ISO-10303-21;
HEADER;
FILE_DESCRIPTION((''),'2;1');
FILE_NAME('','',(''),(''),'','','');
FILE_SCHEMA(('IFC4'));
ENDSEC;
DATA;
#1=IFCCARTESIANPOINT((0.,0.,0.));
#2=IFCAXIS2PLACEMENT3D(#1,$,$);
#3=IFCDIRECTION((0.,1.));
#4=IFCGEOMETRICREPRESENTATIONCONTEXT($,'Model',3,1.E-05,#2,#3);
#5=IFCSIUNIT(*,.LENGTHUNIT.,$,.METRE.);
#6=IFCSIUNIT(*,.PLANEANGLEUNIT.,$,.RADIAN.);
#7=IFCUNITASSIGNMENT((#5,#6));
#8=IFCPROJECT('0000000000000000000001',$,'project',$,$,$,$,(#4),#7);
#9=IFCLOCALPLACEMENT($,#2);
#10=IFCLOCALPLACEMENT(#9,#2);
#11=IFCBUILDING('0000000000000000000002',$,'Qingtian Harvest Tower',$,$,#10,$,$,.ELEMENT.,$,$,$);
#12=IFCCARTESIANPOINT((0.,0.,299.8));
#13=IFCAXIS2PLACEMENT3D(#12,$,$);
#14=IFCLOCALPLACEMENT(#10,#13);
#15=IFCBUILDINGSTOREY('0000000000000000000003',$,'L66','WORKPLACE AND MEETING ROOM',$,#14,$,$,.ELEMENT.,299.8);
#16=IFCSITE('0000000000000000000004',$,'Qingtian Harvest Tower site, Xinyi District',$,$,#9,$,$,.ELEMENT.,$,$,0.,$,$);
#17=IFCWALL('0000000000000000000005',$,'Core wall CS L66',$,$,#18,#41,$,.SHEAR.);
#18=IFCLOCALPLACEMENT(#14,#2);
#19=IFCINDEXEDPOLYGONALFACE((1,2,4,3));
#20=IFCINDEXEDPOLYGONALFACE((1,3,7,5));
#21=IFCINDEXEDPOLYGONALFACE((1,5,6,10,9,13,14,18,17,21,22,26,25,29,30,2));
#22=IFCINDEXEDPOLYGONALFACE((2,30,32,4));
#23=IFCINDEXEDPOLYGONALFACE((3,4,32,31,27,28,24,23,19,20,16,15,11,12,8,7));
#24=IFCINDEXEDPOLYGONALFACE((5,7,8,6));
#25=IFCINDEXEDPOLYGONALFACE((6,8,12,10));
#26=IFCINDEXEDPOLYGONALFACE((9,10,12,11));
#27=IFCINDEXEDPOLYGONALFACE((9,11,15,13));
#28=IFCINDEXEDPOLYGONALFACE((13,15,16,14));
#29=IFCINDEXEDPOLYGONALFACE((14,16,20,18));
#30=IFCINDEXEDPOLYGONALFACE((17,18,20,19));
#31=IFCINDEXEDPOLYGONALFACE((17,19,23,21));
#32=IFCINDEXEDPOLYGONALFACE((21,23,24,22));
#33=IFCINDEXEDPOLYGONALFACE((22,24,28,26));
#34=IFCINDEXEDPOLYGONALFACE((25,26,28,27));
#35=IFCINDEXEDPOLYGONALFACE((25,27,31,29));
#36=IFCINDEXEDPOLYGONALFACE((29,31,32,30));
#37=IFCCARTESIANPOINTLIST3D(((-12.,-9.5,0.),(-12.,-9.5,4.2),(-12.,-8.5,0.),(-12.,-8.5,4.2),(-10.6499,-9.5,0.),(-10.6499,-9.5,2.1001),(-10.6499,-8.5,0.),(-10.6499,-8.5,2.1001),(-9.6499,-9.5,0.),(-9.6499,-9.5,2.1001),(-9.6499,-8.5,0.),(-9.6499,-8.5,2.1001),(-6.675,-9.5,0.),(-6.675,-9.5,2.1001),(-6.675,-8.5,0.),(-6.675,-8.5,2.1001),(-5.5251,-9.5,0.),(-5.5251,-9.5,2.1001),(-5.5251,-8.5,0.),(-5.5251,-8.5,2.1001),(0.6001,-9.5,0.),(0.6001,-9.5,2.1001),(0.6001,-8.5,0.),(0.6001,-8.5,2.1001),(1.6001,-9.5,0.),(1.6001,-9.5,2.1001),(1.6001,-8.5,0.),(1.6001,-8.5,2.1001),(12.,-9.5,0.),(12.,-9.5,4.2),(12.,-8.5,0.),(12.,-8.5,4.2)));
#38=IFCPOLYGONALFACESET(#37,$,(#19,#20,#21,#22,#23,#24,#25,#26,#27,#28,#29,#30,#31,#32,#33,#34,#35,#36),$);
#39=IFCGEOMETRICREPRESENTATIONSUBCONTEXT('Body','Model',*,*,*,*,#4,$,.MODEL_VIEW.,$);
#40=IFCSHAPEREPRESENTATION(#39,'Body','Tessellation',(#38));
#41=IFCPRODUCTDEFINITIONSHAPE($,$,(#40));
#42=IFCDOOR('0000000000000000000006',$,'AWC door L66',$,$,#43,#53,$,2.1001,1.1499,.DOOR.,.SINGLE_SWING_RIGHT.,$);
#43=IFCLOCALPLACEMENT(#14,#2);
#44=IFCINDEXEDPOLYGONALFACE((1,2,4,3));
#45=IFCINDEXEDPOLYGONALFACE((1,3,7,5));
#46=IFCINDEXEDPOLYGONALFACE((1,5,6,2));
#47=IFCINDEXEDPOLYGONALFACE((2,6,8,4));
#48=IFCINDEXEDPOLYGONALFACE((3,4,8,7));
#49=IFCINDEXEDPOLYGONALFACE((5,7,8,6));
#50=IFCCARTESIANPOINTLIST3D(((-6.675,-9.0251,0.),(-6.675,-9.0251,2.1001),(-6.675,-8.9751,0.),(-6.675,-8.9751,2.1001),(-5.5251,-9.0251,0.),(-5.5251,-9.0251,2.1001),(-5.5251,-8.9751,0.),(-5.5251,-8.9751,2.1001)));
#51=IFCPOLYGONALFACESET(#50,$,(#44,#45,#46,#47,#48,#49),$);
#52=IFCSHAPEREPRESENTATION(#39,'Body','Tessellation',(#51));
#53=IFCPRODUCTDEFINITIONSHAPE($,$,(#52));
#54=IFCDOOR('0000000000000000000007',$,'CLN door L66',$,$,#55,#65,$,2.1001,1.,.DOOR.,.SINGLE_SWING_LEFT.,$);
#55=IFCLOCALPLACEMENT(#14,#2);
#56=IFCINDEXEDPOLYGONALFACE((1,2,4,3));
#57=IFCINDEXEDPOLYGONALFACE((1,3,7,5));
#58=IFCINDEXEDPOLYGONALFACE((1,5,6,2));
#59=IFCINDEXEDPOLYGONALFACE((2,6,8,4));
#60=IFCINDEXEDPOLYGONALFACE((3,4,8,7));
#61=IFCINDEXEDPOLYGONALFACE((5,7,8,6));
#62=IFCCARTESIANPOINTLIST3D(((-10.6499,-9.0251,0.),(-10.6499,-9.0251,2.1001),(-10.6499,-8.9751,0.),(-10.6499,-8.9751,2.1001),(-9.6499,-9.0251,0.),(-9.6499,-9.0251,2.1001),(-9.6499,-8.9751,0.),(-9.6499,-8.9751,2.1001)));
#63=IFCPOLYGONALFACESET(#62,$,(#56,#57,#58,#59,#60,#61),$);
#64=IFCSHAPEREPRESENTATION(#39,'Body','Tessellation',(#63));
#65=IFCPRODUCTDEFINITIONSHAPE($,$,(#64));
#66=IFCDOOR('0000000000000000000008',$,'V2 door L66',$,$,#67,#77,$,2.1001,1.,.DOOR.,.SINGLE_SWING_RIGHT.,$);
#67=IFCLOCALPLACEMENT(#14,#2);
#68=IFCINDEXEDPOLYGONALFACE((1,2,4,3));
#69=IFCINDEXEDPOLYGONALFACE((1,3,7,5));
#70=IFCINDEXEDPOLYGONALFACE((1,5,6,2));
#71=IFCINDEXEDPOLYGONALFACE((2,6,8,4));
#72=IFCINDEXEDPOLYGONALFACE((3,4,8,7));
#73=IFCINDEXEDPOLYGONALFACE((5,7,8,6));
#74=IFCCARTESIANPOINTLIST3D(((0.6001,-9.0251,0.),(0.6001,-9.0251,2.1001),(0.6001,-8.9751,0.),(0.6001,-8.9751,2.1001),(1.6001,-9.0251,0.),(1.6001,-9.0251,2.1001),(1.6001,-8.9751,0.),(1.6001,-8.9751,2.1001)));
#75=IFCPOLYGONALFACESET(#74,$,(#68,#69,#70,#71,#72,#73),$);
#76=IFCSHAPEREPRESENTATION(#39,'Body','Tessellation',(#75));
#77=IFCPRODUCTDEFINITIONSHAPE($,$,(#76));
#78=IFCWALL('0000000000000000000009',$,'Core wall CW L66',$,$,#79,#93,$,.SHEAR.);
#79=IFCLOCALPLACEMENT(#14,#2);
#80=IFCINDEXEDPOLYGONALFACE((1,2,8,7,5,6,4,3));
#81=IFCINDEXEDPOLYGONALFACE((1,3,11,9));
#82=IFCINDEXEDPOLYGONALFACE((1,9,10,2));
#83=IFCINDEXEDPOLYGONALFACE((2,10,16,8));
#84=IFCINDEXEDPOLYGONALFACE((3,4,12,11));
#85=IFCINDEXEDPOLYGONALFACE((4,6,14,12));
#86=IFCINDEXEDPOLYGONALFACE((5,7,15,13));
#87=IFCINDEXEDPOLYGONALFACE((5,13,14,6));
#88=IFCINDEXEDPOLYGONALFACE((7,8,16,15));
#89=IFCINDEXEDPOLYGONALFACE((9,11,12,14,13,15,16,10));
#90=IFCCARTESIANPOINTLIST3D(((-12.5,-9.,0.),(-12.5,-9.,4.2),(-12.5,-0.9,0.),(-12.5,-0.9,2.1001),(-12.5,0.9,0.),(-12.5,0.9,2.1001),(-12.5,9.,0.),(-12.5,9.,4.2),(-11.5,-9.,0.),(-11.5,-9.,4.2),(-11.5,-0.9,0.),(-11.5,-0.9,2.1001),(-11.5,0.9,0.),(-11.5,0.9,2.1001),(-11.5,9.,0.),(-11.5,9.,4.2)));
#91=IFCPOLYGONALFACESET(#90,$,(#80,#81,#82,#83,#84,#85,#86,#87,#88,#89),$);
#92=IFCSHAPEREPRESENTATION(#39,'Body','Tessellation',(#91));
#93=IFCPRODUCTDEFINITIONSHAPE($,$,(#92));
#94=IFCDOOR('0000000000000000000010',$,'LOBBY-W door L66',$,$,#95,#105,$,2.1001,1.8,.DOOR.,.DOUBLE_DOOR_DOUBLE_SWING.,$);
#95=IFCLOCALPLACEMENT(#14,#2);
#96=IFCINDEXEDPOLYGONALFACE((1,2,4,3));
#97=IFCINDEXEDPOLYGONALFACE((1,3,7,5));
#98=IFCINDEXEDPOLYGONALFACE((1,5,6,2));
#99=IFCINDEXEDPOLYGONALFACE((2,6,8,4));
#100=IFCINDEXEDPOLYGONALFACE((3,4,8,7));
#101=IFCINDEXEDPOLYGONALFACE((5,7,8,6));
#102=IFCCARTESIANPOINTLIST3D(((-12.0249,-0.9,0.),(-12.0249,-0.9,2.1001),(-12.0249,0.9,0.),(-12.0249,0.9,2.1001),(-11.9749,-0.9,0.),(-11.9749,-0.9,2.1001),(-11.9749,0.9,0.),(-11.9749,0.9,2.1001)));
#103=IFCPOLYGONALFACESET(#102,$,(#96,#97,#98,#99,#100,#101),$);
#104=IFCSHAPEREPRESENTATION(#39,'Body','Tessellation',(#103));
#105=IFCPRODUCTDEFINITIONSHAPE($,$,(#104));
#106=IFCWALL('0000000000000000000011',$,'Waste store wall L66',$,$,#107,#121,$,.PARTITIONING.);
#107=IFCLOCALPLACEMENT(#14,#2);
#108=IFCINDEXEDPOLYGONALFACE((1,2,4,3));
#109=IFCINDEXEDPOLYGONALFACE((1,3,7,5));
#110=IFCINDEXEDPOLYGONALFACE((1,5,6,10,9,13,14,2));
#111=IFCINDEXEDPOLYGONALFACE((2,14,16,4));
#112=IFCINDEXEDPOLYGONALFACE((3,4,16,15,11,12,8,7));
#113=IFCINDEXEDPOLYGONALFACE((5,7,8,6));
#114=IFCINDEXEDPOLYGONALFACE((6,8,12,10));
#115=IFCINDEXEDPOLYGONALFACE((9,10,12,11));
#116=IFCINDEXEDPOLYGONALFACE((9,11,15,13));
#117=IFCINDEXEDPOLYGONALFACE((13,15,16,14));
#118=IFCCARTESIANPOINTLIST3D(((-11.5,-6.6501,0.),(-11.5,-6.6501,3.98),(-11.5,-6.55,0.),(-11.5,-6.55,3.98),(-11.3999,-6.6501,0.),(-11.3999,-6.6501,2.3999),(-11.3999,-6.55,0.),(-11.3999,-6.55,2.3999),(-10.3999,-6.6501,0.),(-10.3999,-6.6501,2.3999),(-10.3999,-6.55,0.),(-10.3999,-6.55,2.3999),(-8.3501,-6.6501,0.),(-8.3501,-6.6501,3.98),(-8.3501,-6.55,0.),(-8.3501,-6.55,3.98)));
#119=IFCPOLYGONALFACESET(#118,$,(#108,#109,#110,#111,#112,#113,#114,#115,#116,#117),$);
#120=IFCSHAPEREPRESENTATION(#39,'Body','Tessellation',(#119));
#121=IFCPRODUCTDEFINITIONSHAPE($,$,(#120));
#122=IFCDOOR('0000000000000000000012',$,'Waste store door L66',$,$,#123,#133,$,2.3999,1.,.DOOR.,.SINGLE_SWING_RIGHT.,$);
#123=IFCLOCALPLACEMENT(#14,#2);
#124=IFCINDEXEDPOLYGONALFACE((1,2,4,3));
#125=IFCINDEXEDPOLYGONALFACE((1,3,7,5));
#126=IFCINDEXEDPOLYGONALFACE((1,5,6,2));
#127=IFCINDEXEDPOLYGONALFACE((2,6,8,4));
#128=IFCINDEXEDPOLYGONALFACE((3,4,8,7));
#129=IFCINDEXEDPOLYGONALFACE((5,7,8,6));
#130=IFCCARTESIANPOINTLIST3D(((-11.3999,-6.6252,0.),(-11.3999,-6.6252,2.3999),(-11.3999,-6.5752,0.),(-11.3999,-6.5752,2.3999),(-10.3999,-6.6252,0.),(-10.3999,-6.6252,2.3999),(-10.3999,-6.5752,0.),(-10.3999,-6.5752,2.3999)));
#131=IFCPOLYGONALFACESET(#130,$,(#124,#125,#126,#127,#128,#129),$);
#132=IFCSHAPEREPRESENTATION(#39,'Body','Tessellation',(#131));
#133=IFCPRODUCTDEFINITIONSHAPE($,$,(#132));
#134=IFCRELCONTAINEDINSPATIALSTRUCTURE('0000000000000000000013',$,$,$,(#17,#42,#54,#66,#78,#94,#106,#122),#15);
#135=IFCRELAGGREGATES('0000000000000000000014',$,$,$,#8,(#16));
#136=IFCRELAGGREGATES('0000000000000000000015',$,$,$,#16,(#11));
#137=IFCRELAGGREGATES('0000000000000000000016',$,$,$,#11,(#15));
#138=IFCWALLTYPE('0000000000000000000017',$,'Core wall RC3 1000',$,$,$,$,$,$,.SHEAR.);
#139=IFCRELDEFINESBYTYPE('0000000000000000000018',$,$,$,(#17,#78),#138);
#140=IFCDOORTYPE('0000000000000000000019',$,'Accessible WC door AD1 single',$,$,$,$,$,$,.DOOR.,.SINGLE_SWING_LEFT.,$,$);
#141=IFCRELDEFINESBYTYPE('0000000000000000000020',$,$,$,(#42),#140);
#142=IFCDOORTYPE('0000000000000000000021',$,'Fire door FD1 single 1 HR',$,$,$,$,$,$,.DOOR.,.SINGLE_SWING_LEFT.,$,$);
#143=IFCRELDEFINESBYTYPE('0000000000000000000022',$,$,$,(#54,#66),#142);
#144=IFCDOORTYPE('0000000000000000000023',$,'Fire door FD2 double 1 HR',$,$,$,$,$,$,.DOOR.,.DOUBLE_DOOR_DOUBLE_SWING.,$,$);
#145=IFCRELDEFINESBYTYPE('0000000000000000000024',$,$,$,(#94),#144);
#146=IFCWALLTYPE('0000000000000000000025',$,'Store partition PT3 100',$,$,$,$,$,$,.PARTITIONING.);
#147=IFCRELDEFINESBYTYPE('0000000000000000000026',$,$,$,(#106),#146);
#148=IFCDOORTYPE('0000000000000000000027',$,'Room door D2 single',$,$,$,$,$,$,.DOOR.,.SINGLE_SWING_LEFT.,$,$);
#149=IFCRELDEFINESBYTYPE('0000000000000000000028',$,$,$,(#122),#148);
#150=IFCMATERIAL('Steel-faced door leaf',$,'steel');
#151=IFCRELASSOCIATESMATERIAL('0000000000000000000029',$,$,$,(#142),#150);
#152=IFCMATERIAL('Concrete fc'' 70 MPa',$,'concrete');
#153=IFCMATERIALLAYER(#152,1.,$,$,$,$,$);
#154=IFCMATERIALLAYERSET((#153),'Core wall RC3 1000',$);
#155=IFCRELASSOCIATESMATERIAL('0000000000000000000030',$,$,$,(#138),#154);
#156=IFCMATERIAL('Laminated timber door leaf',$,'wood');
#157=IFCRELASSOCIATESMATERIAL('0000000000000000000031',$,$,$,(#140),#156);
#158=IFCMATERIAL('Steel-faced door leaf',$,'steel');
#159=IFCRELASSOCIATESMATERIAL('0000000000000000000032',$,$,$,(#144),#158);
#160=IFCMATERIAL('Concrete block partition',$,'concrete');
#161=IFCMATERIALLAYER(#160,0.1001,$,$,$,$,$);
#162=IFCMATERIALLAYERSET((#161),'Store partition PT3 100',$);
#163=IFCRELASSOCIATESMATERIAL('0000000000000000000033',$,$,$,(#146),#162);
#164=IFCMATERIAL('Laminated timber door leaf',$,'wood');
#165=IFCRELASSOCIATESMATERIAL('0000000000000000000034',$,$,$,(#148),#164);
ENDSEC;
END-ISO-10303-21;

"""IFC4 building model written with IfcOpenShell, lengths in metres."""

from ifc_helpers import new_model, si_unit, direction, frame, frame_2d, origin, place, context, subcontext, project, spatial, rectangle, extrude, material, layer, layer_set, type_object, element, fill, save


model = new_model("IFC4")

# Units and contexts
model_context = context("Model", 3, precision=1e-05, world=origin(), true_north=direction((0.0, 1.0)))
body_context = subcontext(model_context, "Body", "Model", "MODEL_VIEW")
ifc_project = project(units=[si_unit("LENGTHUNIT", "METRE"), si_unit("PLANEANGLEUNIT", "RADIAN")], contexts=[model_context])

# Site, building, storey
site_placement = place(None, origin())
site = spatial("IfcSite", under=ifc_project, at=site_placement, Name="Qingtian Harvest Tower site, Xinyi District", CompositionType="ELEMENT", RefElevation=0.0)
building_placement = place(site_placement, origin())
building = spatial("IfcBuilding", under=site, at=building_placement, Name="Qingtian Harvest Tower", CompositionType="ELEMENT")
storey_placement = place(building_placement, frame((0.0, 0.0, 299.8)))
storey = spatial("IfcBuildingStorey", under=building, at=storey_placement, Name="L66", Description="WORKPLACE AND MEETING ROOM", CompositionType="ELEMENT", Elevation=299.8)

# Shared definitions
ifc_material_1 = material(Name="Steel-faced door leaf", Category="steel")
door_type_1 = type_object("IfcDoorType", Name="Fire door FD1 single 1 HR", OperationType="SINGLE_SWING_LEFT", PredefinedType="DOOR", material=ifc_material_1)

# Wall, openings, doors
ifc_material_2 = material(Name="Concrete fc' 70 MPa", Category="concrete")
ifc_layer_1 = layer(ifc_material_2, 1.0)
ifc_layer_set_1 = layer_set([ifc_layer_1], Name="Core wall RC3 1000")
wall_type_1 = type_object("IfcWallType", Name="Core wall RC3 1000", PredefinedType="SHEAR", material=ifc_layer_set_1)
wall_1_placement = place(storey_placement, frame((-12.0, -9.0, 0.0), z_axis=(0.0, 0.0, 1.0), x_axis=(1.0, 0.0, 0.0)))
wall_1 = element("IfcWall", 1, at=wall_1_placement, inside=storey, type_object=wall_type_1, Name="Core wall CS L66", PredefinedType="SHEAR", context=body_context, shape_type="SweptSolid", body=[
    extrude(rectangle(XDim=24.0, YDim=1.0, at=frame_2d((12.0, 0.0))), origin(), (0.0, 0.0, 1.0), 4.2),
])
opening_1_placement = place(wall_1_placement, frame((1.3501, 0.0, 0.0)))
opening_1 = element("IfcOpeningElement", 2, at=opening_1_placement, cuts=wall_1, PredefinedType="OPENING", context=body_context, shape_type="SweptSolid", body=[
    extrude(rectangle(XDim=1.0, YDim=2.1001, at=frame_2d((0.5, 1.05))), frame((0.0, 0.51, 0.0), z_axis=(0.0, -1.0, 0.0), x_axis=(1.0, 0.0, 0.0)), (0.0, 0.0, 1.0), 1.02),
])
opening_2_placement = place(wall_1_placement, frame((5.325, 0.0, 0.0)))
opening_2 = element("IfcOpeningElement", 3, at=opening_2_placement, cuts=wall_1, PredefinedType="OPENING", context=body_context, shape_type="SweptSolid", body=[
    extrude(rectangle(XDim=1.1499, YDim=2.1001, at=frame_2d((0.575, 1.05))), frame((0.0, 0.51, 0.0), z_axis=(0.0, -1.0, 0.0), x_axis=(1.0, 0.0, 0.0)), (0.0, 0.0, 1.0), 1.02),
])
opening_3_placement = place(wall_1_placement, frame((12.6001, 0.0, 0.0)))
opening_3 = element("IfcOpeningElement", 4, at=opening_3_placement, cuts=wall_1, PredefinedType="OPENING", context=body_context, shape_type="SweptSolid", body=[
    extrude(rectangle(XDim=1.0, YDim=2.1001, at=frame_2d((0.5, 1.05))), frame((0.0, 0.51, 0.0), z_axis=(0.0, -1.0, 0.0), x_axis=(1.0, 0.0, 0.0)), (0.0, 0.0, 1.0), 1.02),
])
ifc_material_3 = material(Name="Laminated timber door leaf", Category="wood")
door_type_2 = type_object("IfcDoorType", Name="Accessible WC door AD1 single", OperationType="SINGLE_SWING_LEFT", PredefinedType="DOOR", material=ifc_material_3)
door_1_placement = place(opening_2_placement, origin())
door_1 = element("IfcDoor", 5, at=door_1_placement, inside=storey, type_object=door_type_2, Name="AWC door L66", OperationType="SINGLE_SWING_RIGHT", OverallHeight=2.1001, OverallWidth=1.1499, PredefinedType="DOOR", context=body_context, shape_type="SweptSolid", body=[
    extrude(rectangle(XDim=1.1499, YDim=2.1001, at=frame_2d((0.575, 1.05))), frame((0.0, 0.0249, 0.0), z_axis=(0.0, -1.0, 0.0), x_axis=(1.0, 0.0, 0.0)), (0.0, 0.0, 1.0), 0.05),
])
fill(opening_2, door_1)
door_2_placement = place(opening_1_placement, origin())
door_2 = element("IfcDoor", 6, at=door_2_placement, inside=storey, type_object=door_type_1, Name="CLN door L66", OperationType="SINGLE_SWING_LEFT", OverallHeight=2.1001, OverallWidth=1.0, PredefinedType="DOOR", context=body_context, shape_type="SweptSolid", body=[
    extrude(rectangle(XDim=1.0, YDim=2.1001, at=frame_2d((0.5, 1.05))), frame((0.0, 0.0249, 0.0), z_axis=(0.0, -1.0, 0.0), x_axis=(1.0, 0.0, 0.0)), (0.0, 0.0, 1.0), 0.05),
])
fill(opening_1, door_2)
door_3_placement = place(opening_3_placement, origin())
door_3 = element("IfcDoor", 7, at=door_3_placement, inside=storey, type_object=door_type_1, Name="V2 door L66", OperationType="SINGLE_SWING_RIGHT", OverallHeight=2.1001, OverallWidth=1.0, PredefinedType="DOOR", context=body_context, shape_type="SweptSolid", body=[
    extrude(rectangle(XDim=1.0, YDim=2.1001, at=frame_2d((0.5, 1.05))), frame((0.0, 0.0249, 0.0), z_axis=(0.0, -1.0, 0.0), x_axis=(1.0, 0.0, 0.0)), (0.0, 0.0, 1.0), 0.05),
])
fill(opening_3, door_3)

# Walls, openings, doors
wall_2_placement = place(storey_placement, frame((-12.0, -9.0, 0.0), z_axis=(0.0, 0.0, 1.0), x_axis=(0.0, 1.0, 0.0)))
wall_2 = element("IfcWall", 8, at=wall_2_placement, inside=storey, type_object=wall_type_1, Name="Core wall CW L66", PredefinedType="SHEAR", context=body_context, shape_type="SweptSolid", body=[
    extrude(rectangle(XDim=18.0, YDim=1.0, at=frame_2d((9.0, 0.0))), origin(), (0.0, 0.0, 1.0), 4.2),
])
opening_4_placement = place(wall_2_placement, frame((8.1001, 0.0, 0.0)))
opening_4 = element("IfcOpeningElement", 9, at=opening_4_placement, cuts=wall_2, PredefinedType="OPENING", context=body_context, shape_type="SweptSolid", body=[
    extrude(rectangle(XDim=1.8, YDim=2.1001, at=frame_2d((0.8999, 1.05))), frame((0.0, 0.51, 0.0), z_axis=(0.0, -1.0, 0.0), x_axis=(1.0, 0.0, 0.0)), (0.0, 0.0, 1.0), 1.02),
])
ifc_material_4 = material(Name="Steel-faced door leaf", Category="steel")
door_type_3 = type_object("IfcDoorType", Name="Fire door FD2 double 1 HR", OperationType="DOUBLE_DOOR_DOUBLE_SWING", PredefinedType="DOOR", material=ifc_material_4)
door_4_placement = place(opening_4_placement, origin())
door_4 = element("IfcDoor", 10, at=door_4_placement, inside=storey, type_object=door_type_3, Name="LOBBY-W door L66", OperationType="DOUBLE_DOOR_DOUBLE_SWING", OverallHeight=2.1001, OverallWidth=1.8, PredefinedType="DOOR", context=body_context, shape_type="SweptSolid", body=[
    extrude(rectangle(XDim=1.8, YDim=2.1001, at=frame_2d((0.8999, 1.05))), frame((0.0, 0.0249, 0.0), z_axis=(0.0, -1.0, 0.0), x_axis=(1.0, 0.0, 0.0)), (0.0, 0.0, 1.0), 0.05),
])
fill(opening_4, door_4)
ifc_material_5 = material(Name="Concrete block partition", Category="concrete")
ifc_layer_2 = layer(ifc_material_5, 0.1001)
ifc_layer_set_2 = layer_set([ifc_layer_2], Name="Store partition PT3 100")
wall_type_2 = type_object("IfcWallType", Name="Store partition PT3 100", PredefinedType="PARTITIONING", material=ifc_layer_set_2)
wall_3_placement = place(storey_placement, frame((-11.5, -6.6001, 0.0), z_axis=(0.0, 0.0, 1.0), x_axis=(1.0, 0.0, 0.0)))
wall_3 = element("IfcWall", 11, at=wall_3_placement, inside=storey, type_object=wall_type_2, Name="Waste store wall L66", PredefinedType="PARTITIONING", context=body_context, shape_type="SweptSolid", body=[
    extrude(rectangle(XDim=3.1499, YDim=0.1001, at=frame_2d((1.575, 0.0))), origin(), (0.0, 0.0, 1.0), 3.98),
])
opening_5_placement = place(wall_3_placement, frame((0.1001, 0.0, 0.0)))
opening_5 = element("IfcOpeningElement", 12, at=opening_5_placement, cuts=wall_3, PredefinedType="OPENING", context=body_context, shape_type="SweptSolid", body=[
    extrude(rectangle(XDim=1.0, YDim=2.3999, at=frame_2d((0.5, 1.2))), frame((0.0, 0.0601, 0.0), z_axis=(0.0, -1.0, 0.0), x_axis=(1.0, 0.0, 0.0)), (0.0, 0.0, 1.0), 0.1201),
])
ifc_material_6 = material(Name="Laminated timber door leaf", Category="wood")
door_type_4 = type_object("IfcDoorType", Name="Room door D2 single", OperationType="SINGLE_SWING_LEFT", PredefinedType="DOOR", material=ifc_material_6)
door_5_placement = place(opening_5_placement, origin())
door_5 = element("IfcDoor", 13, at=door_5_placement, inside=storey, type_object=door_type_4, Name="Waste store door L66", OperationType="SINGLE_SWING_RIGHT", OverallHeight=2.3999, OverallWidth=1.0, PredefinedType="DOOR", context=body_context, shape_type="SweptSolid", body=[
    extrude(rectangle(XDim=1.0, YDim=2.3999, at=frame_2d((0.5, 1.2))), frame((0.0, 0.0249, 0.0), z_axis=(0.0, -1.0, 0.0), x_axis=(1.0, 0.0, 0.0)), (0.0, 0.0, 1.0), 0.05),
])
fill(opening_5, door_5)

save(model, "model.ifc")
